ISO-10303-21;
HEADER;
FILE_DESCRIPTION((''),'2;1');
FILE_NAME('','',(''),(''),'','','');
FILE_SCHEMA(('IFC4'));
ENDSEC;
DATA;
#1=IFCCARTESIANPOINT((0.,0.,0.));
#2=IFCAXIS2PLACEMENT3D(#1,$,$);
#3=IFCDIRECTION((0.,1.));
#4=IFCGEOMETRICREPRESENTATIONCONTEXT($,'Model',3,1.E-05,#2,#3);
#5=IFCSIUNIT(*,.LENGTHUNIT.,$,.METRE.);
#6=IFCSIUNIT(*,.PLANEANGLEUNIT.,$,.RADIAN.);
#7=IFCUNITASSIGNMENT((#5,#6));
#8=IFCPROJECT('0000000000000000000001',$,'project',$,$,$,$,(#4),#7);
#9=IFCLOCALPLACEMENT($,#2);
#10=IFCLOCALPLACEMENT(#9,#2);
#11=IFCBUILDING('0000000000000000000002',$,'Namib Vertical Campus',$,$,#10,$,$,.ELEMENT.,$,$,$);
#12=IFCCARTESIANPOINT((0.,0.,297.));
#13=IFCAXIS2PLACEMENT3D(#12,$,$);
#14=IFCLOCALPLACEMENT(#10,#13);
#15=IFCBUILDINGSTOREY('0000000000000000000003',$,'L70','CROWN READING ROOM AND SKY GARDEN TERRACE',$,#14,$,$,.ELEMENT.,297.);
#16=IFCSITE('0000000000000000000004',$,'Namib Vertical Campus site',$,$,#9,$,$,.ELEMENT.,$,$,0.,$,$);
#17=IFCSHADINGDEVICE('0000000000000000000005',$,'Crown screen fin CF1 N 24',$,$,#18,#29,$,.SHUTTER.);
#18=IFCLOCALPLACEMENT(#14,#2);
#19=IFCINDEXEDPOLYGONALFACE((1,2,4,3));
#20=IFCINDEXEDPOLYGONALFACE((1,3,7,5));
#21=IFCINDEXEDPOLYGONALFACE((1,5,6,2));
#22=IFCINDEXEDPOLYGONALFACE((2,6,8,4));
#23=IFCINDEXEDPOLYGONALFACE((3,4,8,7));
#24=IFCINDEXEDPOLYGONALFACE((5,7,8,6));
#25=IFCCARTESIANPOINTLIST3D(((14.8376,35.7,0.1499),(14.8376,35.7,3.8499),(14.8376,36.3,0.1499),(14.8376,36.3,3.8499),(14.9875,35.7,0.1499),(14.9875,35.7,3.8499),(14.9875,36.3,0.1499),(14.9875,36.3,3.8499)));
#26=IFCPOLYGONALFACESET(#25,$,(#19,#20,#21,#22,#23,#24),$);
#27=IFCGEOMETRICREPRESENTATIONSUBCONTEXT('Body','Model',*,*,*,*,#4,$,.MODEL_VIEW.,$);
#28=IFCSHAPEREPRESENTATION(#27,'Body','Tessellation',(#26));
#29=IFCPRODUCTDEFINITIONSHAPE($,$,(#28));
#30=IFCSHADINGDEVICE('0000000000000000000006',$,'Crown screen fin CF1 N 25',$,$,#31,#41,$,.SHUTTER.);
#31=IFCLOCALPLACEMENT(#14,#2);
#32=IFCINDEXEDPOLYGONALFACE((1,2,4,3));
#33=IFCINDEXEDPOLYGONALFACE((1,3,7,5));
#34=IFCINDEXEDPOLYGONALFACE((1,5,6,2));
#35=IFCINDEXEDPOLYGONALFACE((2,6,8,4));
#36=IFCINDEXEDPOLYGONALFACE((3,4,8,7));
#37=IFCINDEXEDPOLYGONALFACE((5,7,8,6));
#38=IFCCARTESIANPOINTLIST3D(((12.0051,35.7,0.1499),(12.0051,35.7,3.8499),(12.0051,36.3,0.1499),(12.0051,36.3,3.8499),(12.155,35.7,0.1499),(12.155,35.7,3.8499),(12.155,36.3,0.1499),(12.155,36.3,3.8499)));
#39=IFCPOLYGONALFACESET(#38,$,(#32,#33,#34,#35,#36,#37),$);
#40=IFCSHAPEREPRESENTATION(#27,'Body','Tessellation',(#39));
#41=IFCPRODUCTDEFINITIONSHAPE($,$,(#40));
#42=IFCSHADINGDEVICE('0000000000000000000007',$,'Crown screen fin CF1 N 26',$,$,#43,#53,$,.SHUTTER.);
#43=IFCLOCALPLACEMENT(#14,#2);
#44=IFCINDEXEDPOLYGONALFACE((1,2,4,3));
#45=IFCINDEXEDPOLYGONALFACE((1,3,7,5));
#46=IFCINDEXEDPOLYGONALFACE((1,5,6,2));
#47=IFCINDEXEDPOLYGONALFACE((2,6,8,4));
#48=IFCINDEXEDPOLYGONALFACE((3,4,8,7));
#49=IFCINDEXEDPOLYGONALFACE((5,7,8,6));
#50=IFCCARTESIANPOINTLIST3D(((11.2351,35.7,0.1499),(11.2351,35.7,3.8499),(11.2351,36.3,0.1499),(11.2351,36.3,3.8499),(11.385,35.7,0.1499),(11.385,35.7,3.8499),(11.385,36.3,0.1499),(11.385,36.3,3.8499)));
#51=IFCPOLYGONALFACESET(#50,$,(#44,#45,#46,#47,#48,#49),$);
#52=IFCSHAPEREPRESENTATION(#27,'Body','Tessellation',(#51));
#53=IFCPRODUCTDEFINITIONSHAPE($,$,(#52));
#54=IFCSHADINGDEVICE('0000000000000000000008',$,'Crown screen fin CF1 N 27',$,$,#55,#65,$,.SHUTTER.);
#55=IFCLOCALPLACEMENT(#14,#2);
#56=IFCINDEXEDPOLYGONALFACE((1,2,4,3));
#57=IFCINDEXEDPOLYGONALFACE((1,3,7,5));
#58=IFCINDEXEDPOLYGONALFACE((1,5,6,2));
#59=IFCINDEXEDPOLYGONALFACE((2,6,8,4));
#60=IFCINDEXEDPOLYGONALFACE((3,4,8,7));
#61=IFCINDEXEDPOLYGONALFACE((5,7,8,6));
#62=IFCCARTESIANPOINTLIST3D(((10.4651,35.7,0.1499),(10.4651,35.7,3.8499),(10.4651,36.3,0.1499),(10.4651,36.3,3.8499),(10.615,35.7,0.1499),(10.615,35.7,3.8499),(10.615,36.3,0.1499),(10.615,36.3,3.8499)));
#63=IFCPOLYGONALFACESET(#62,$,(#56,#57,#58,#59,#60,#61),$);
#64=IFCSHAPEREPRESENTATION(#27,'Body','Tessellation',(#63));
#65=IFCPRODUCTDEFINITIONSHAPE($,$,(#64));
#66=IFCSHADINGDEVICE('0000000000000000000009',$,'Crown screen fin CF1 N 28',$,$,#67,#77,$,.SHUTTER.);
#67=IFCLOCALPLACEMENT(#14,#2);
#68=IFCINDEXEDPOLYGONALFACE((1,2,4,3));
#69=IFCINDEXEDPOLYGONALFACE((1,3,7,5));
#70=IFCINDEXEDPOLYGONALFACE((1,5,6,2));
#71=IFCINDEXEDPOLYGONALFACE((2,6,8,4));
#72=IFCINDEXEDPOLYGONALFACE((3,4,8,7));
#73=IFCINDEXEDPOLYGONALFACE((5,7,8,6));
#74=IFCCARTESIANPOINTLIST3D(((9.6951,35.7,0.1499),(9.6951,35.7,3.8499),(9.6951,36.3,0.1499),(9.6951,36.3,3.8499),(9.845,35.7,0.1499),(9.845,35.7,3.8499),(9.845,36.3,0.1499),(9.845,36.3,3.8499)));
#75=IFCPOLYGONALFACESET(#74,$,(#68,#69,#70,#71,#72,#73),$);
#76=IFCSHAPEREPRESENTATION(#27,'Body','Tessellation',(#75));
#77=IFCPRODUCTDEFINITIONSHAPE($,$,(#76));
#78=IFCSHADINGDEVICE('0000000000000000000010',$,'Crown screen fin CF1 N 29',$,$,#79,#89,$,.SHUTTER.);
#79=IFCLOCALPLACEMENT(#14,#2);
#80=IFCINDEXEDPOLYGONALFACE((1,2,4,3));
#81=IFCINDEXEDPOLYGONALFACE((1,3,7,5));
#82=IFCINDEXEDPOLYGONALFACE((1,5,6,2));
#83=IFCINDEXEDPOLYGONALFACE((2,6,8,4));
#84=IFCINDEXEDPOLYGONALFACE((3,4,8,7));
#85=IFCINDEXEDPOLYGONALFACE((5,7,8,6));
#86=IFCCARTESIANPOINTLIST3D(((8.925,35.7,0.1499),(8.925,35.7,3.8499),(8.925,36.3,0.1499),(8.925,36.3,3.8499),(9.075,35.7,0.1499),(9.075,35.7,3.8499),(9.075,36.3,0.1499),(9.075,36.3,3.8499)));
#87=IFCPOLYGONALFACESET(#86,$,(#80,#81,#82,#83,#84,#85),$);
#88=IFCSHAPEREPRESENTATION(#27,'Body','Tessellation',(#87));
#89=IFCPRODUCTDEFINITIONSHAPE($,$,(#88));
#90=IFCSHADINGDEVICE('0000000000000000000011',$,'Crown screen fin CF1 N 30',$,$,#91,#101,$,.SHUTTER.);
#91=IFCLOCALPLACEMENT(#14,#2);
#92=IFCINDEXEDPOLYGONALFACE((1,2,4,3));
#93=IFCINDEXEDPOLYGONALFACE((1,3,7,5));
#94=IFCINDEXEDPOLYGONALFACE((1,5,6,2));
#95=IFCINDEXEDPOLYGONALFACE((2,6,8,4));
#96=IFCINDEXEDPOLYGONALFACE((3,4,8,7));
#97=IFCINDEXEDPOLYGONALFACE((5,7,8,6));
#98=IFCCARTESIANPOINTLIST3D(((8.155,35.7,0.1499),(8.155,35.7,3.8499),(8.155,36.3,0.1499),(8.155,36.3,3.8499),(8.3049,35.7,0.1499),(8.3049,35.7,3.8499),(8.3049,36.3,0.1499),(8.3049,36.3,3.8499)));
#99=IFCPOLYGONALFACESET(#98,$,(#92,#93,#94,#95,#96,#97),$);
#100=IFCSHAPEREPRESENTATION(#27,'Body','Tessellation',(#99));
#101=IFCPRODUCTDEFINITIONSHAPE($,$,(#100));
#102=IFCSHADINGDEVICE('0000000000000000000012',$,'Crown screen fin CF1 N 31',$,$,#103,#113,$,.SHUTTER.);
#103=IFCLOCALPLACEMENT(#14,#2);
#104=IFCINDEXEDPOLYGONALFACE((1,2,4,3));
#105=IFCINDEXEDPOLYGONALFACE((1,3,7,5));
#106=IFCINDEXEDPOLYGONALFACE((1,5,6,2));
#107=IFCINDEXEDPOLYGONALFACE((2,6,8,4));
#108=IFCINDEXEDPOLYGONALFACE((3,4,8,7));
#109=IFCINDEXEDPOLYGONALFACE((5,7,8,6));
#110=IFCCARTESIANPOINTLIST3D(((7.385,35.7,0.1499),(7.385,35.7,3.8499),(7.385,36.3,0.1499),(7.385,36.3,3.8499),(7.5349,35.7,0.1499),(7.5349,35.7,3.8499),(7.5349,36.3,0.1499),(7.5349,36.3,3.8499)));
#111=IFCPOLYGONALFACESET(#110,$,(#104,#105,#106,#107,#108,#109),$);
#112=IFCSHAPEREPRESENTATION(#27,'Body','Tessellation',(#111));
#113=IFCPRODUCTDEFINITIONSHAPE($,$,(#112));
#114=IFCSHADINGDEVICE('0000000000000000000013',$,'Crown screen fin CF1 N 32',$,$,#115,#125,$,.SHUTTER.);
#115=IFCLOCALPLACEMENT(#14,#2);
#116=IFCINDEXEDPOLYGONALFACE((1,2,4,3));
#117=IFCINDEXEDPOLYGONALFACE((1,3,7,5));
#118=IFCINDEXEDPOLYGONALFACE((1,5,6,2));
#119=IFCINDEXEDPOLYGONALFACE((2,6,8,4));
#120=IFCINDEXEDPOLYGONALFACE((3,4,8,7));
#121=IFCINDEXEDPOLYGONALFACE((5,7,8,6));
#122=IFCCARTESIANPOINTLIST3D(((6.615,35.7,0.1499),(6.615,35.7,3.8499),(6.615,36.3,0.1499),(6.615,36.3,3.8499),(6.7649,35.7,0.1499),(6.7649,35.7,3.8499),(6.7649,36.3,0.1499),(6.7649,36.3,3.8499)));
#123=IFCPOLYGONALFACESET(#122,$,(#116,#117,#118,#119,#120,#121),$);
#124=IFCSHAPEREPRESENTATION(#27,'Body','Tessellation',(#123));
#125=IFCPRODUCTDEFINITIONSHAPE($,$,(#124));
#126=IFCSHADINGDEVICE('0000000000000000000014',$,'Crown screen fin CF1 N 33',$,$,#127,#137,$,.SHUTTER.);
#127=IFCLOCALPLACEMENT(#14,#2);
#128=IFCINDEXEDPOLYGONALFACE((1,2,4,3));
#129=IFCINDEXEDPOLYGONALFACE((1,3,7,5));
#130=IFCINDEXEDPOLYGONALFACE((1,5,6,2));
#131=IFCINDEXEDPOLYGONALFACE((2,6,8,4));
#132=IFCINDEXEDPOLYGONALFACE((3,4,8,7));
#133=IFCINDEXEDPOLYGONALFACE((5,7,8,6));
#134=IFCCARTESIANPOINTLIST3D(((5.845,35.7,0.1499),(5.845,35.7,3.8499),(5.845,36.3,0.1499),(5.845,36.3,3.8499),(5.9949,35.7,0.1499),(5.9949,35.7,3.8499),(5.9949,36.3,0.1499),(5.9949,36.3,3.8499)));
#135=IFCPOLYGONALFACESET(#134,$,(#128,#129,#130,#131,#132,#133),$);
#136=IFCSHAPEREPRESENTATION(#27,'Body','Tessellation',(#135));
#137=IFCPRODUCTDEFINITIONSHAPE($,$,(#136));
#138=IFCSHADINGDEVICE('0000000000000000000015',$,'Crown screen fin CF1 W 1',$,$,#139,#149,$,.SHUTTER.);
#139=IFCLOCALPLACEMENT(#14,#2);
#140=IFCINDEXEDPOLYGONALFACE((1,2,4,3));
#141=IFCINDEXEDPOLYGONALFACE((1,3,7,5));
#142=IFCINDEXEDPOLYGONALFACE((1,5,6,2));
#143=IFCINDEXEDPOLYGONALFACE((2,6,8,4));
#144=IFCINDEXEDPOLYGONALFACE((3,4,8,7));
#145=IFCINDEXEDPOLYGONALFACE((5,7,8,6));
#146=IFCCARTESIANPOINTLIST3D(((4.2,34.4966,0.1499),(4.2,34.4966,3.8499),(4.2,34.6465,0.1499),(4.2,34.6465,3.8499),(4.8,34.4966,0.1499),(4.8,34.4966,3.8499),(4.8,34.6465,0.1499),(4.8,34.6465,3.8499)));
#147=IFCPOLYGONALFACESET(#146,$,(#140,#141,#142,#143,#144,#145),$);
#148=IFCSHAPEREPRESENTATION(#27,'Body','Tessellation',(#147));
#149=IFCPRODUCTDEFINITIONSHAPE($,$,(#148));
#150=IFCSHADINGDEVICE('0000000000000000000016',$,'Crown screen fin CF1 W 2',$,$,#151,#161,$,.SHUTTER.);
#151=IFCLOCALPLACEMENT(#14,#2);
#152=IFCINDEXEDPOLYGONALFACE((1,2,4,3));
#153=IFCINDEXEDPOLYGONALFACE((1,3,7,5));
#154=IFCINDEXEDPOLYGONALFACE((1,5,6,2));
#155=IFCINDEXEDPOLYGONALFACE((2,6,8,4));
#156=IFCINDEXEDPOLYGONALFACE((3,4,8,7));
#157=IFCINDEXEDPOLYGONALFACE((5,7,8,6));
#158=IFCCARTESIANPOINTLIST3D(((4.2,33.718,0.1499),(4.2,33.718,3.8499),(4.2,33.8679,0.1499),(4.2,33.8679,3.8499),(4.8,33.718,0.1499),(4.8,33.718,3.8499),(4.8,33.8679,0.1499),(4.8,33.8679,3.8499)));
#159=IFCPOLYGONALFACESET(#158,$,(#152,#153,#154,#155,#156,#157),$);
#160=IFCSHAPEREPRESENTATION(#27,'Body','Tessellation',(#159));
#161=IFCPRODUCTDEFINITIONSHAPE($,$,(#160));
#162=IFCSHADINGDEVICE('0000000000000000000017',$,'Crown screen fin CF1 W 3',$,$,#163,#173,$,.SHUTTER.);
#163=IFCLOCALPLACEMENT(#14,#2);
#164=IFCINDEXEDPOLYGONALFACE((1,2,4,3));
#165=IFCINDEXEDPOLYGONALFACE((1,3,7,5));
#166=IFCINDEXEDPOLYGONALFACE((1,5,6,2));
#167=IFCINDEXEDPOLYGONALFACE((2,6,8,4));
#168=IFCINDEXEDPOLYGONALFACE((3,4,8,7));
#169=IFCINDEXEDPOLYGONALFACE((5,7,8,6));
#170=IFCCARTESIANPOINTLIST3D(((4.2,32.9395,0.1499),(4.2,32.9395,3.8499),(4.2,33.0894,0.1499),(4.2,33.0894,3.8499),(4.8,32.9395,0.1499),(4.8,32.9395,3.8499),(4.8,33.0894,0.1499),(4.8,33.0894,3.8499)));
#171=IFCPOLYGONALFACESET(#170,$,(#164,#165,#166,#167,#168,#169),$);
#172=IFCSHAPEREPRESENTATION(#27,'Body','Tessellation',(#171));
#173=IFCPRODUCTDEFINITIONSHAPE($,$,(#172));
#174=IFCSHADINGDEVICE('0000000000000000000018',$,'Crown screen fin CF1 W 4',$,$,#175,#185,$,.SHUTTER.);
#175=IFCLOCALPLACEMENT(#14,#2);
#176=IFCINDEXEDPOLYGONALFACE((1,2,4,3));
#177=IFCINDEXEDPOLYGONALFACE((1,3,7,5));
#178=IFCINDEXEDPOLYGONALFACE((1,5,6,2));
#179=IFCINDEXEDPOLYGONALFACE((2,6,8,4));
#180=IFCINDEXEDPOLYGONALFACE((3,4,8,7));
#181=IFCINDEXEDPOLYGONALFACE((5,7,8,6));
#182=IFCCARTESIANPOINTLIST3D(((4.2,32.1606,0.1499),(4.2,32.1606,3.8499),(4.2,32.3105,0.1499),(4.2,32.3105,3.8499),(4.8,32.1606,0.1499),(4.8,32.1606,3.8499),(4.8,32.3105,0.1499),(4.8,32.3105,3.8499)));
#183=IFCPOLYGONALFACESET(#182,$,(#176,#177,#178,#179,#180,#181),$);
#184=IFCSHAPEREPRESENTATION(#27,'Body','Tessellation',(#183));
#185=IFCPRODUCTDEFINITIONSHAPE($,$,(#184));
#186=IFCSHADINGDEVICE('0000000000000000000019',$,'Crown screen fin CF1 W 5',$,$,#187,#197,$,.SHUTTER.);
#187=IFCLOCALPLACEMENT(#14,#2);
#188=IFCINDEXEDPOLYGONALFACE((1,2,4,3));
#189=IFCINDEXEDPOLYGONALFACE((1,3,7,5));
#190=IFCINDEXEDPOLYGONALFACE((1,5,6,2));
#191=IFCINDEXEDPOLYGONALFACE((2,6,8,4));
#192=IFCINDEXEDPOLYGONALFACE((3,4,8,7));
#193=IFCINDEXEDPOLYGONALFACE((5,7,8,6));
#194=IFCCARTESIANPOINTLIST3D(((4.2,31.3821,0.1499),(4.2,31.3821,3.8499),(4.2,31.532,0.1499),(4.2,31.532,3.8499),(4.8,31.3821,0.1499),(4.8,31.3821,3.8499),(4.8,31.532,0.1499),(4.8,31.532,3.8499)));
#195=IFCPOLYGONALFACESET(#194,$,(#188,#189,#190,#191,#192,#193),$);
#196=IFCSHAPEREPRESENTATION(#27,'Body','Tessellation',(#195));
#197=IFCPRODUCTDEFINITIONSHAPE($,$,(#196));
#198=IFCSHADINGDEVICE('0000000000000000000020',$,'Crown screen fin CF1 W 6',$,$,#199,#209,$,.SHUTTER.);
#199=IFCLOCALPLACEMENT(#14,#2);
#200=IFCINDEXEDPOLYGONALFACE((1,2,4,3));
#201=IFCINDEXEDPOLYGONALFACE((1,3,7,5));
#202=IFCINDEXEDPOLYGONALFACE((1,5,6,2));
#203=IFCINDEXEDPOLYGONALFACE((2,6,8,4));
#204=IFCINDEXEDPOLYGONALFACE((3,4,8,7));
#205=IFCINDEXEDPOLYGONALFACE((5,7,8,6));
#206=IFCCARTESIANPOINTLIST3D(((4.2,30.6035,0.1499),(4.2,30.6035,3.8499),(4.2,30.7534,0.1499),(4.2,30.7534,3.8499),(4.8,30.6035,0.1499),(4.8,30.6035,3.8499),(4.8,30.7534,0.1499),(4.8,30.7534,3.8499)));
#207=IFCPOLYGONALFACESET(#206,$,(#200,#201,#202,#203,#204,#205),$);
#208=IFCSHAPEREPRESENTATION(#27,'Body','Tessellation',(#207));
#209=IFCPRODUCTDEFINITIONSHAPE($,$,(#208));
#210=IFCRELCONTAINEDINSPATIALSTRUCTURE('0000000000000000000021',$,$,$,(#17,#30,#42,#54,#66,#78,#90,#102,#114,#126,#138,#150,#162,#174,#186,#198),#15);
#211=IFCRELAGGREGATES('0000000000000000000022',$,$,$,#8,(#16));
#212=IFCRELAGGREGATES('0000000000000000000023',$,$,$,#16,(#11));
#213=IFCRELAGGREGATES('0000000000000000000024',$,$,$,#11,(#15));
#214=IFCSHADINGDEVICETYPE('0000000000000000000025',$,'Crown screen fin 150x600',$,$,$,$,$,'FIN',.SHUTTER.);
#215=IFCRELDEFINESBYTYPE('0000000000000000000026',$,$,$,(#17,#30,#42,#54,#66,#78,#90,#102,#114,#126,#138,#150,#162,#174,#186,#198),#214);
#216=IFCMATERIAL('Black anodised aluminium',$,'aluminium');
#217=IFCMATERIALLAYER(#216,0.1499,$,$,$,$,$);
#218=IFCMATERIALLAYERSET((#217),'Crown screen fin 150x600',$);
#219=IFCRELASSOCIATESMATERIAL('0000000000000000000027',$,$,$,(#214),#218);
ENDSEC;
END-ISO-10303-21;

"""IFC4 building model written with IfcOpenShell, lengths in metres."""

from ifc_helpers import new_model, si_unit, direction, frame, origin, origin_2d, place, context, subcontext, project, spatial, rectangle, extrude, material, layer, layer_set, type_object, element, save


model = new_model("IFC4")

# Units and contexts
model_context = context("Model", 3, precision=1e-05, world=origin(), true_north=direction((0.0, 1.0)))
body_context = subcontext(model_context, "Body", "Model", "MODEL_VIEW")
ifc_project = project(units=[si_unit("LENGTHUNIT", "METRE"), si_unit("PLANEANGLEUNIT", "RADIAN")], contexts=[model_context])

# Site, building, storey
site_placement = place(None, origin())
site = spatial("IfcSite", under=ifc_project, at=site_placement, Name="Namib Vertical Campus site", CompositionType="ELEMENT", RefElevation=0.0)
building_placement = place(site_placement, origin())
building = spatial("IfcBuilding", under=site, at=building_placement, Name="Namib Vertical Campus", CompositionType="ELEMENT")
storey_placement = place(building_placement, frame((0.0, 0.0, 297.0)))
storey = spatial("IfcBuildingStorey", under=building, at=storey_placement, Name="L70", Description="CROWN READING ROOM AND SKY GARDEN TERRACE", CompositionType="ELEMENT", Elevation=297.0)

# Shading devices
ifc_material_1 = material(Name="Black anodised aluminium", Category="aluminium")
ifc_layer_1 = layer(ifc_material_1, 0.1499)
ifc_layer_set_1 = layer_set([ifc_layer_1], Name="Crown screen fin 150x600")
shading_device_type = type_object("IfcShadingDeviceType", Name="Crown screen fin 150x600", ElementType="FIN", PredefinedType="SHUTTER", material=ifc_layer_set_1)
for number, where, z_axis, x_axis, name in (
    (1, (14.9126, 36.0, 0.1499), (0.0, 0.0, 1.0), (-1.0, 0.0, 0.0), "Crown screen fin CF1 N 24"),
    (2, (12.0801, 36.0, 0.1499), (0.0, 0.0, 1.0), (-1.0, 0.0, 0.0), "Crown screen fin CF1 N 25"),
    (3, (11.3101, 36.0, 0.1499), (0.0, 0.0, 1.0), (-1.0, 0.0, 0.0), "Crown screen fin CF1 N 26"),
    (4, (10.54, 36.0, 0.1499), (0.0, 0.0, 1.0), (-1.0, 0.0, 0.0), "Crown screen fin CF1 N 27"),
    (5, (9.77, 36.0, 0.1499), (0.0, 0.0, 1.0), (-1.0, 0.0, 0.0), "Crown screen fin CF1 N 28"),
    (6, (9.0, 36.0, 0.1499), (0.0, 0.0, 1.0), (-1.0, 0.0, 0.0), "Crown screen fin CF1 N 29"),
    (7, (8.23, 36.0, 0.1499), (0.0, 0.0, 1.0), (-1.0, 0.0, 0.0), "Crown screen fin CF1 N 30"),
    (8, (7.46, 36.0, 0.1499), (0.0, 0.0, 1.0), (-1.0, 0.0, 0.0), "Crown screen fin CF1 N 31"),
    (9, (6.6899, 36.0, 0.1499), (0.0, 0.0, 1.0), (-1.0, 0.0, 0.0), "Crown screen fin CF1 N 32"),
    (10, (5.9199, 36.0, 0.1499), (0.0, 0.0, 1.0), (-1.0, 0.0, 0.0), "Crown screen fin CF1 N 33"),
    (11, (4.5, 34.5715, 0.1499), (0.0, 0.0, 1.0), (0.0, -1.0, 0.0), "Crown screen fin CF1 W 1"),
    (12, (4.5, 33.793, 0.1499), (0.0, 0.0, 1.0), (0.0, -1.0, 0.0), "Crown screen fin CF1 W 2"),
    (13, (4.5, 33.0144, 0.1499), (0.0, 0.0, 1.0), (0.0, -1.0, 0.0), "Crown screen fin CF1 W 3"),
    (14, (4.5, 32.2356, 0.1499), (0.0, 0.0, 1.0), (0.0, -1.0, 0.0), "Crown screen fin CF1 W 4"),
    (15, (4.5, 31.457, 0.1499), (0.0, 0.0, 1.0), (0.0, -1.0, 0.0), "Crown screen fin CF1 W 5"),
    (16, (4.5, 30.6785, 0.1499), (0.0, 0.0, 1.0), (0.0, -1.0, 0.0), "Crown screen fin CF1 W 6"),
):
    element("IfcShadingDevice", number, at=place(storey_placement, frame(where, z_axis=z_axis, x_axis=x_axis)), inside=storey, type_object=shading_device_type, Name=name, PredefinedType="SHUTTER", context=body_context, shape_type="SweptSolid", body=[
        extrude(rectangle(XDim=0.1499, YDim=0.6001, at=origin_2d()), origin(), (0.0, 0.0, 1.0), 3.7),
    ])

save(model, "model.ifc")
